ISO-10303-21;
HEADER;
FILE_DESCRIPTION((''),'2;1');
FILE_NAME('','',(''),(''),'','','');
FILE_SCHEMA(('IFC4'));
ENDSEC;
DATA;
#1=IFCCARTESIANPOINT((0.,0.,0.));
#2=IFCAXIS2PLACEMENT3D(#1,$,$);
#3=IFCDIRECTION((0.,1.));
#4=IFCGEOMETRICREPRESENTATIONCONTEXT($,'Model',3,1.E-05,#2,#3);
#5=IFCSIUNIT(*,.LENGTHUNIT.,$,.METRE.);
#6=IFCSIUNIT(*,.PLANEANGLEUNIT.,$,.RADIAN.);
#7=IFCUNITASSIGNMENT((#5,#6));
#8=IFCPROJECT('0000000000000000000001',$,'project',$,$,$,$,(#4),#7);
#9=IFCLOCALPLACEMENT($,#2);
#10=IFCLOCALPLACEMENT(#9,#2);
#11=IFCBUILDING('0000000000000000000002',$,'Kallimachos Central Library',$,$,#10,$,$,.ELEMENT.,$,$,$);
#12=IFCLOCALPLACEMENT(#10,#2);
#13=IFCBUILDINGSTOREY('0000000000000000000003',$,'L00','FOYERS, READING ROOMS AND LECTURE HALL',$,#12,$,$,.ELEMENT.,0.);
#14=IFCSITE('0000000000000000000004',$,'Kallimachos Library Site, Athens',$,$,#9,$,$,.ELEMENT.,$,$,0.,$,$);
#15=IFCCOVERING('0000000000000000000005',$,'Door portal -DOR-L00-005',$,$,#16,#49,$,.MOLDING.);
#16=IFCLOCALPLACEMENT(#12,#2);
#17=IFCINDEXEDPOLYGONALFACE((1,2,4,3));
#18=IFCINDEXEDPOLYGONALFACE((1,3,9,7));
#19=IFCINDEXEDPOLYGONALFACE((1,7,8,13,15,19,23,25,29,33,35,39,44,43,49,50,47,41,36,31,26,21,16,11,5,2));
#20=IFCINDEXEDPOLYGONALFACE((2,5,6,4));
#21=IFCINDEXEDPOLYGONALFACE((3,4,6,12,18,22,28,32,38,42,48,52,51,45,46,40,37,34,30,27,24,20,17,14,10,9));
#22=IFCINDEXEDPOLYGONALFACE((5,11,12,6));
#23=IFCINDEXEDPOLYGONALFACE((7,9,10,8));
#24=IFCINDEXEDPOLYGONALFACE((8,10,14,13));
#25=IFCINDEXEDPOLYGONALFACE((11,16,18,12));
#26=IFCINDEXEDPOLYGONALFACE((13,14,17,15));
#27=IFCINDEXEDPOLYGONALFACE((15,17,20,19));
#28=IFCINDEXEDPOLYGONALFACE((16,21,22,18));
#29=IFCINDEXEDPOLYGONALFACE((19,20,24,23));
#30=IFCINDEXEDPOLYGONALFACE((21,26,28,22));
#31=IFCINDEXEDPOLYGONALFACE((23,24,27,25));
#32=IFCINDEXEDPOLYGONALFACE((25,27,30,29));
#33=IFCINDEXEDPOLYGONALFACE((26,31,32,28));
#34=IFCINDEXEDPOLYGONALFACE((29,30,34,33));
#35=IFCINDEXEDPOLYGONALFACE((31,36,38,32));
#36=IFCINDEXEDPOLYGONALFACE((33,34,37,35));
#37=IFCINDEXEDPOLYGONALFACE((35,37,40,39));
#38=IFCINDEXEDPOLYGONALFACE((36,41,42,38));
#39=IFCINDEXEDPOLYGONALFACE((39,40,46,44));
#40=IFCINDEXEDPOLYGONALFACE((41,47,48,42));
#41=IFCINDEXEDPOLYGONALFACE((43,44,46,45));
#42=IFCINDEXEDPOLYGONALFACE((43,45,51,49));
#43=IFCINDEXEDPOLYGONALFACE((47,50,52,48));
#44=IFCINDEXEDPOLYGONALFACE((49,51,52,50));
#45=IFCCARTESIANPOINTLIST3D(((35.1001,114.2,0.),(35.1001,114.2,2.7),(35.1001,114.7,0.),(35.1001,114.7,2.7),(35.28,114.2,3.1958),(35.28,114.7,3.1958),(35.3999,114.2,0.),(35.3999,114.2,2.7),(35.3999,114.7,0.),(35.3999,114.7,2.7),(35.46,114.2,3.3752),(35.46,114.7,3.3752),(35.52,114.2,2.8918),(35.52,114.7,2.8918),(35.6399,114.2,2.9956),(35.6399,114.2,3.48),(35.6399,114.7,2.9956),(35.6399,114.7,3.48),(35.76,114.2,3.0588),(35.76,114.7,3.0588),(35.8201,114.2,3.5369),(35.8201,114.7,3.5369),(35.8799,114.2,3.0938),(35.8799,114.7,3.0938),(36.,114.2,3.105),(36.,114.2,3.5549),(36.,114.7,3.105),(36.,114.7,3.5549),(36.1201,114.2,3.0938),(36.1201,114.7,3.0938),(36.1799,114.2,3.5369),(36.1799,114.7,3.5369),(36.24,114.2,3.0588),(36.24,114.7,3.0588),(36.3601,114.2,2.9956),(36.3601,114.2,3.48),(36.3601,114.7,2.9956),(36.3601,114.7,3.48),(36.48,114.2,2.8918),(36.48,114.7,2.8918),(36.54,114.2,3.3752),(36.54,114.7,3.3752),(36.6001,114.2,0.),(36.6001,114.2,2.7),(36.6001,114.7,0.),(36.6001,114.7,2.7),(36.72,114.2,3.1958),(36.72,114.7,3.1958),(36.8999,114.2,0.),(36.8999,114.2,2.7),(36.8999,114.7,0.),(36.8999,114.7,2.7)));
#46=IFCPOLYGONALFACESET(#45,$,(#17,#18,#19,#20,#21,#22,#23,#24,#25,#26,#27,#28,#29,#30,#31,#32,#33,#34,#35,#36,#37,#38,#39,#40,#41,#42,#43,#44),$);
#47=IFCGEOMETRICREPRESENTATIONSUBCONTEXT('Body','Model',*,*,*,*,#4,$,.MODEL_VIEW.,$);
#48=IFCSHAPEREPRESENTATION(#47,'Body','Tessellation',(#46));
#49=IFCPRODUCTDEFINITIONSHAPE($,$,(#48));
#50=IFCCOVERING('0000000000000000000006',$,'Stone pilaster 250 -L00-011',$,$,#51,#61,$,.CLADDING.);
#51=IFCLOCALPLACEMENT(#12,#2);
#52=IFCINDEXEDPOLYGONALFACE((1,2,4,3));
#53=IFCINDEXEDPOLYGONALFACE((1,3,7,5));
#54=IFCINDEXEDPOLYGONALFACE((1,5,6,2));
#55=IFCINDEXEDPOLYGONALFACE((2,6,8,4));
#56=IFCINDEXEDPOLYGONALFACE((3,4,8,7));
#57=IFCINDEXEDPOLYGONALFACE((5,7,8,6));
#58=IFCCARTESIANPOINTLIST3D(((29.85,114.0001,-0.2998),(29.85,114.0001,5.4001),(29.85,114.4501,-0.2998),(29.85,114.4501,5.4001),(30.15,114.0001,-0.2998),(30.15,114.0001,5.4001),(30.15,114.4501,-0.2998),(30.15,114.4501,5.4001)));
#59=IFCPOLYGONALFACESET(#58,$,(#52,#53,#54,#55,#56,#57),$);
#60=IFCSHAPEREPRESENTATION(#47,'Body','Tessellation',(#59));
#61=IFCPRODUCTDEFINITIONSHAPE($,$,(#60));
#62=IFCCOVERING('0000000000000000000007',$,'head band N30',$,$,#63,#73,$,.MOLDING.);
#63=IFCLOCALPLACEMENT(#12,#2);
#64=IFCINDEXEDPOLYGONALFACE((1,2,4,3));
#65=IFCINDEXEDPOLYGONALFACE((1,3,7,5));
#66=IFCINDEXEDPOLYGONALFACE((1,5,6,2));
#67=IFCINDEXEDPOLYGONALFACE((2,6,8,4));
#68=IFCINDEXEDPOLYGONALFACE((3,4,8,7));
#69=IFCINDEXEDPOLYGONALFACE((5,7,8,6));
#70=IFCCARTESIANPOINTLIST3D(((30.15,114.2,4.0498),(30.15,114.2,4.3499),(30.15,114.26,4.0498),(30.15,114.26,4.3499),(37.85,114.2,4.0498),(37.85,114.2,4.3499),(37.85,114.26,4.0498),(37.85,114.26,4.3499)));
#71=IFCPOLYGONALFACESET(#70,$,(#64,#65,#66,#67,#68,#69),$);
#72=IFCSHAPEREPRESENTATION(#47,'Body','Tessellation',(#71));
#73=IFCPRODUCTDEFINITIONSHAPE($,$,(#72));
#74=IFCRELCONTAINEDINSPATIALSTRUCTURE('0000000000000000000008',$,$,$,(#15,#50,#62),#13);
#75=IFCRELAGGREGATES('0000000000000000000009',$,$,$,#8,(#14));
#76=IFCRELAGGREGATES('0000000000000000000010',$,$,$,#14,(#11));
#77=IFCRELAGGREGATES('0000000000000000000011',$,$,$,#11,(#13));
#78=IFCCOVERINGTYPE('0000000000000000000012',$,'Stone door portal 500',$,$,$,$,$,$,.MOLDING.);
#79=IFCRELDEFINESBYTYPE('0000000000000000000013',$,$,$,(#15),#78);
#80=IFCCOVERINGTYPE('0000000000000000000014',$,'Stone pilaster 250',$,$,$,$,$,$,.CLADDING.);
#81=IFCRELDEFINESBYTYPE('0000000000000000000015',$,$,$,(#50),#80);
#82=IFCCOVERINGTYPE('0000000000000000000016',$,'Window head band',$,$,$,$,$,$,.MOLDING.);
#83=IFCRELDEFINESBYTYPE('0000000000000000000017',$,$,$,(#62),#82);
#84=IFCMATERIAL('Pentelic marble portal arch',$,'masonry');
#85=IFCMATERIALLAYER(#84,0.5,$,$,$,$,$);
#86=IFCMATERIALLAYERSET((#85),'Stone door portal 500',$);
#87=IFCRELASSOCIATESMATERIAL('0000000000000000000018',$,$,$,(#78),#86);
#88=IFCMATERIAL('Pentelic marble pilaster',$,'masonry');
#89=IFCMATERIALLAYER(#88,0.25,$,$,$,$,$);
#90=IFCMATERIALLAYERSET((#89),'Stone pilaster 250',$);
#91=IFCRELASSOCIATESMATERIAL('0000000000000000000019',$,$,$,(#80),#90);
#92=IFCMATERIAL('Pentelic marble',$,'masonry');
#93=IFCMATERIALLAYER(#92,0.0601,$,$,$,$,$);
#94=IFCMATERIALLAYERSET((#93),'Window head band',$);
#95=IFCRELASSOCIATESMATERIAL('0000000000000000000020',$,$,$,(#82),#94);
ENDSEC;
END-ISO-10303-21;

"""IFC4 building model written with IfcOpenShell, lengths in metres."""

from ifc_helpers import new_model, si_unit, direction, frame, origin, origin_2d, place, context, subcontext, project, spatial, polyline, rectangle, outline, extrude, material, layer, layer_set, type_object, element, save


model = new_model("IFC4")

# Units and contexts
model_context = context("Model", 3, precision=1e-05, world=origin(), true_north=direction((0.0, 1.0)))
body_context = subcontext(model_context, "Body", "Model", "MODEL_VIEW")
ifc_project = project(units=[si_unit("LENGTHUNIT", "METRE"), si_unit("PLANEANGLEUNIT", "RADIAN")], contexts=[model_context])

# Site, building, storey
site_placement = place(None, origin())
site = spatial("IfcSite", under=ifc_project, at=site_placement, Name="Kallimachos Library Site, Athens", CompositionType="ELEMENT", RefElevation=0.0)
building_placement = place(site_placement, origin())
building = spatial("IfcBuilding", under=site, at=building_placement, Name="Kallimachos Central Library", CompositionType="ELEMENT")
storey_placement = place(building_placement, origin())
storey = spatial("IfcBuildingStorey", under=building, at=storey_placement, Name="L00", Description="FOYERS, READING ROOMS AND LECTURE HALL", CompositionType="ELEMENT", Elevation=0.0)

# Coverings
ifc_material_1 = material(Name="Pentelic marble portal arch", Category="masonry")
ifc_layer_1 = layer(ifc_material_1, 0.5)
ifc_layer_set_1 = layer_set([ifc_layer_1], Name="Stone door portal 500")
covering_type_1 = type_object("IfcCoveringType", Name="Stone door portal 500", PredefinedType="MOLDING", material=ifc_layer_set_1)
covering_1_placement = place(storey_placement, frame((35.1001, 114.7, 0.0), z_axis=(0.0, 1.0, 0.0), x_axis=(0.0, 0.0, 1.0)))
element("IfcCovering", 1, at=covering_1_placement, inside=storey, type_object=covering_type_1, Name="Door portal -DOR-L00-005", PredefinedType="MOLDING", context=body_context, shape_type="SweptSolid", body=[
    extrude(outline(polyline([(0.0, 0.0), (2.7, 0.0), (3.1958, 0.1799), (3.3752, 0.3599), (3.48, 0.5398), (3.5369, 0.72), (3.5549, 0.8999), (3.5369, 1.0798), (3.48, 1.26), (3.3752, 1.4399), (3.1958, 1.6199), (2.7, 1.7998), (0.0, 1.7998), (0.0, 1.5), (2.7, 1.5), (2.8918, 1.3799), (2.9956, 1.26), (3.0588, 1.1399), (3.0938, 1.02), (3.105, 0.8999), (3.0938, 0.7798), (3.0588, 0.6599), (2.9956, 0.5398), (2.8918, 0.4199), (2.7, 0.2998), (0.0, 0.2998), (0.0, 0.0)])), origin(), (0.0, 0.0, -1.0), 0.5),
])
ifc_material_2 = material(Name="Pentelic marble pilaster", Category="masonry")
ifc_layer_2 = layer(ifc_material_2, 0.25)
ifc_layer_set_2 = layer_set([ifc_layer_2], Name="Stone pilaster 250")
covering_type_2 = type_object("IfcCoveringType", Name="Stone pilaster 250", PredefinedType="CLADDING", material=ifc_layer_set_2)
covering_2_placement = place(storey_placement, frame((30.0, 114.2251, -0.2998), z_axis=(0.0, 0.0, 1.0), x_axis=(1.0, 0.0, 0.0)))
element("IfcCovering", 2, at=covering_2_placement, inside=storey, type_object=covering_type_2, Name="Stone pilaster 250 -L00-011", PredefinedType="CLADDING", context=body_context, shape_type="SweptSolid", body=[
    extrude(rectangle(XDim=0.3, YDim=0.45, at=origin_2d()), origin(), (0.0, 0.0, 1.0), 5.7),
])
ifc_material_3 = material(Name="Pentelic marble", Category="masonry")
ifc_layer_3 = layer(ifc_material_3, 0.0601)
ifc_layer_set_3 = layer_set([ifc_layer_3], Name="Window head band")
covering_type_3 = type_object("IfcCoveringType", Name="Window head band", PredefinedType="MOLDING", material=ifc_layer_set_3)
covering_3_placement = place(storey_placement, frame((34.0, 114.23, 4.0498), z_axis=(0.0, 0.0, 1.0), x_axis=(1.0, 0.0, 0.0)))
element("IfcCovering", 3, at=covering_3_placement, inside=storey, type_object=covering_type_3, Name="head band N30", PredefinedType="MOLDING", context=body_context, shape_type="SweptSolid", body=[
    extrude(rectangle(XDim=7.7, YDim=0.0601, at=origin_2d()), origin(), (0.0, 0.0, 1.0), 0.3),
])

save(model, "model.ifc")
